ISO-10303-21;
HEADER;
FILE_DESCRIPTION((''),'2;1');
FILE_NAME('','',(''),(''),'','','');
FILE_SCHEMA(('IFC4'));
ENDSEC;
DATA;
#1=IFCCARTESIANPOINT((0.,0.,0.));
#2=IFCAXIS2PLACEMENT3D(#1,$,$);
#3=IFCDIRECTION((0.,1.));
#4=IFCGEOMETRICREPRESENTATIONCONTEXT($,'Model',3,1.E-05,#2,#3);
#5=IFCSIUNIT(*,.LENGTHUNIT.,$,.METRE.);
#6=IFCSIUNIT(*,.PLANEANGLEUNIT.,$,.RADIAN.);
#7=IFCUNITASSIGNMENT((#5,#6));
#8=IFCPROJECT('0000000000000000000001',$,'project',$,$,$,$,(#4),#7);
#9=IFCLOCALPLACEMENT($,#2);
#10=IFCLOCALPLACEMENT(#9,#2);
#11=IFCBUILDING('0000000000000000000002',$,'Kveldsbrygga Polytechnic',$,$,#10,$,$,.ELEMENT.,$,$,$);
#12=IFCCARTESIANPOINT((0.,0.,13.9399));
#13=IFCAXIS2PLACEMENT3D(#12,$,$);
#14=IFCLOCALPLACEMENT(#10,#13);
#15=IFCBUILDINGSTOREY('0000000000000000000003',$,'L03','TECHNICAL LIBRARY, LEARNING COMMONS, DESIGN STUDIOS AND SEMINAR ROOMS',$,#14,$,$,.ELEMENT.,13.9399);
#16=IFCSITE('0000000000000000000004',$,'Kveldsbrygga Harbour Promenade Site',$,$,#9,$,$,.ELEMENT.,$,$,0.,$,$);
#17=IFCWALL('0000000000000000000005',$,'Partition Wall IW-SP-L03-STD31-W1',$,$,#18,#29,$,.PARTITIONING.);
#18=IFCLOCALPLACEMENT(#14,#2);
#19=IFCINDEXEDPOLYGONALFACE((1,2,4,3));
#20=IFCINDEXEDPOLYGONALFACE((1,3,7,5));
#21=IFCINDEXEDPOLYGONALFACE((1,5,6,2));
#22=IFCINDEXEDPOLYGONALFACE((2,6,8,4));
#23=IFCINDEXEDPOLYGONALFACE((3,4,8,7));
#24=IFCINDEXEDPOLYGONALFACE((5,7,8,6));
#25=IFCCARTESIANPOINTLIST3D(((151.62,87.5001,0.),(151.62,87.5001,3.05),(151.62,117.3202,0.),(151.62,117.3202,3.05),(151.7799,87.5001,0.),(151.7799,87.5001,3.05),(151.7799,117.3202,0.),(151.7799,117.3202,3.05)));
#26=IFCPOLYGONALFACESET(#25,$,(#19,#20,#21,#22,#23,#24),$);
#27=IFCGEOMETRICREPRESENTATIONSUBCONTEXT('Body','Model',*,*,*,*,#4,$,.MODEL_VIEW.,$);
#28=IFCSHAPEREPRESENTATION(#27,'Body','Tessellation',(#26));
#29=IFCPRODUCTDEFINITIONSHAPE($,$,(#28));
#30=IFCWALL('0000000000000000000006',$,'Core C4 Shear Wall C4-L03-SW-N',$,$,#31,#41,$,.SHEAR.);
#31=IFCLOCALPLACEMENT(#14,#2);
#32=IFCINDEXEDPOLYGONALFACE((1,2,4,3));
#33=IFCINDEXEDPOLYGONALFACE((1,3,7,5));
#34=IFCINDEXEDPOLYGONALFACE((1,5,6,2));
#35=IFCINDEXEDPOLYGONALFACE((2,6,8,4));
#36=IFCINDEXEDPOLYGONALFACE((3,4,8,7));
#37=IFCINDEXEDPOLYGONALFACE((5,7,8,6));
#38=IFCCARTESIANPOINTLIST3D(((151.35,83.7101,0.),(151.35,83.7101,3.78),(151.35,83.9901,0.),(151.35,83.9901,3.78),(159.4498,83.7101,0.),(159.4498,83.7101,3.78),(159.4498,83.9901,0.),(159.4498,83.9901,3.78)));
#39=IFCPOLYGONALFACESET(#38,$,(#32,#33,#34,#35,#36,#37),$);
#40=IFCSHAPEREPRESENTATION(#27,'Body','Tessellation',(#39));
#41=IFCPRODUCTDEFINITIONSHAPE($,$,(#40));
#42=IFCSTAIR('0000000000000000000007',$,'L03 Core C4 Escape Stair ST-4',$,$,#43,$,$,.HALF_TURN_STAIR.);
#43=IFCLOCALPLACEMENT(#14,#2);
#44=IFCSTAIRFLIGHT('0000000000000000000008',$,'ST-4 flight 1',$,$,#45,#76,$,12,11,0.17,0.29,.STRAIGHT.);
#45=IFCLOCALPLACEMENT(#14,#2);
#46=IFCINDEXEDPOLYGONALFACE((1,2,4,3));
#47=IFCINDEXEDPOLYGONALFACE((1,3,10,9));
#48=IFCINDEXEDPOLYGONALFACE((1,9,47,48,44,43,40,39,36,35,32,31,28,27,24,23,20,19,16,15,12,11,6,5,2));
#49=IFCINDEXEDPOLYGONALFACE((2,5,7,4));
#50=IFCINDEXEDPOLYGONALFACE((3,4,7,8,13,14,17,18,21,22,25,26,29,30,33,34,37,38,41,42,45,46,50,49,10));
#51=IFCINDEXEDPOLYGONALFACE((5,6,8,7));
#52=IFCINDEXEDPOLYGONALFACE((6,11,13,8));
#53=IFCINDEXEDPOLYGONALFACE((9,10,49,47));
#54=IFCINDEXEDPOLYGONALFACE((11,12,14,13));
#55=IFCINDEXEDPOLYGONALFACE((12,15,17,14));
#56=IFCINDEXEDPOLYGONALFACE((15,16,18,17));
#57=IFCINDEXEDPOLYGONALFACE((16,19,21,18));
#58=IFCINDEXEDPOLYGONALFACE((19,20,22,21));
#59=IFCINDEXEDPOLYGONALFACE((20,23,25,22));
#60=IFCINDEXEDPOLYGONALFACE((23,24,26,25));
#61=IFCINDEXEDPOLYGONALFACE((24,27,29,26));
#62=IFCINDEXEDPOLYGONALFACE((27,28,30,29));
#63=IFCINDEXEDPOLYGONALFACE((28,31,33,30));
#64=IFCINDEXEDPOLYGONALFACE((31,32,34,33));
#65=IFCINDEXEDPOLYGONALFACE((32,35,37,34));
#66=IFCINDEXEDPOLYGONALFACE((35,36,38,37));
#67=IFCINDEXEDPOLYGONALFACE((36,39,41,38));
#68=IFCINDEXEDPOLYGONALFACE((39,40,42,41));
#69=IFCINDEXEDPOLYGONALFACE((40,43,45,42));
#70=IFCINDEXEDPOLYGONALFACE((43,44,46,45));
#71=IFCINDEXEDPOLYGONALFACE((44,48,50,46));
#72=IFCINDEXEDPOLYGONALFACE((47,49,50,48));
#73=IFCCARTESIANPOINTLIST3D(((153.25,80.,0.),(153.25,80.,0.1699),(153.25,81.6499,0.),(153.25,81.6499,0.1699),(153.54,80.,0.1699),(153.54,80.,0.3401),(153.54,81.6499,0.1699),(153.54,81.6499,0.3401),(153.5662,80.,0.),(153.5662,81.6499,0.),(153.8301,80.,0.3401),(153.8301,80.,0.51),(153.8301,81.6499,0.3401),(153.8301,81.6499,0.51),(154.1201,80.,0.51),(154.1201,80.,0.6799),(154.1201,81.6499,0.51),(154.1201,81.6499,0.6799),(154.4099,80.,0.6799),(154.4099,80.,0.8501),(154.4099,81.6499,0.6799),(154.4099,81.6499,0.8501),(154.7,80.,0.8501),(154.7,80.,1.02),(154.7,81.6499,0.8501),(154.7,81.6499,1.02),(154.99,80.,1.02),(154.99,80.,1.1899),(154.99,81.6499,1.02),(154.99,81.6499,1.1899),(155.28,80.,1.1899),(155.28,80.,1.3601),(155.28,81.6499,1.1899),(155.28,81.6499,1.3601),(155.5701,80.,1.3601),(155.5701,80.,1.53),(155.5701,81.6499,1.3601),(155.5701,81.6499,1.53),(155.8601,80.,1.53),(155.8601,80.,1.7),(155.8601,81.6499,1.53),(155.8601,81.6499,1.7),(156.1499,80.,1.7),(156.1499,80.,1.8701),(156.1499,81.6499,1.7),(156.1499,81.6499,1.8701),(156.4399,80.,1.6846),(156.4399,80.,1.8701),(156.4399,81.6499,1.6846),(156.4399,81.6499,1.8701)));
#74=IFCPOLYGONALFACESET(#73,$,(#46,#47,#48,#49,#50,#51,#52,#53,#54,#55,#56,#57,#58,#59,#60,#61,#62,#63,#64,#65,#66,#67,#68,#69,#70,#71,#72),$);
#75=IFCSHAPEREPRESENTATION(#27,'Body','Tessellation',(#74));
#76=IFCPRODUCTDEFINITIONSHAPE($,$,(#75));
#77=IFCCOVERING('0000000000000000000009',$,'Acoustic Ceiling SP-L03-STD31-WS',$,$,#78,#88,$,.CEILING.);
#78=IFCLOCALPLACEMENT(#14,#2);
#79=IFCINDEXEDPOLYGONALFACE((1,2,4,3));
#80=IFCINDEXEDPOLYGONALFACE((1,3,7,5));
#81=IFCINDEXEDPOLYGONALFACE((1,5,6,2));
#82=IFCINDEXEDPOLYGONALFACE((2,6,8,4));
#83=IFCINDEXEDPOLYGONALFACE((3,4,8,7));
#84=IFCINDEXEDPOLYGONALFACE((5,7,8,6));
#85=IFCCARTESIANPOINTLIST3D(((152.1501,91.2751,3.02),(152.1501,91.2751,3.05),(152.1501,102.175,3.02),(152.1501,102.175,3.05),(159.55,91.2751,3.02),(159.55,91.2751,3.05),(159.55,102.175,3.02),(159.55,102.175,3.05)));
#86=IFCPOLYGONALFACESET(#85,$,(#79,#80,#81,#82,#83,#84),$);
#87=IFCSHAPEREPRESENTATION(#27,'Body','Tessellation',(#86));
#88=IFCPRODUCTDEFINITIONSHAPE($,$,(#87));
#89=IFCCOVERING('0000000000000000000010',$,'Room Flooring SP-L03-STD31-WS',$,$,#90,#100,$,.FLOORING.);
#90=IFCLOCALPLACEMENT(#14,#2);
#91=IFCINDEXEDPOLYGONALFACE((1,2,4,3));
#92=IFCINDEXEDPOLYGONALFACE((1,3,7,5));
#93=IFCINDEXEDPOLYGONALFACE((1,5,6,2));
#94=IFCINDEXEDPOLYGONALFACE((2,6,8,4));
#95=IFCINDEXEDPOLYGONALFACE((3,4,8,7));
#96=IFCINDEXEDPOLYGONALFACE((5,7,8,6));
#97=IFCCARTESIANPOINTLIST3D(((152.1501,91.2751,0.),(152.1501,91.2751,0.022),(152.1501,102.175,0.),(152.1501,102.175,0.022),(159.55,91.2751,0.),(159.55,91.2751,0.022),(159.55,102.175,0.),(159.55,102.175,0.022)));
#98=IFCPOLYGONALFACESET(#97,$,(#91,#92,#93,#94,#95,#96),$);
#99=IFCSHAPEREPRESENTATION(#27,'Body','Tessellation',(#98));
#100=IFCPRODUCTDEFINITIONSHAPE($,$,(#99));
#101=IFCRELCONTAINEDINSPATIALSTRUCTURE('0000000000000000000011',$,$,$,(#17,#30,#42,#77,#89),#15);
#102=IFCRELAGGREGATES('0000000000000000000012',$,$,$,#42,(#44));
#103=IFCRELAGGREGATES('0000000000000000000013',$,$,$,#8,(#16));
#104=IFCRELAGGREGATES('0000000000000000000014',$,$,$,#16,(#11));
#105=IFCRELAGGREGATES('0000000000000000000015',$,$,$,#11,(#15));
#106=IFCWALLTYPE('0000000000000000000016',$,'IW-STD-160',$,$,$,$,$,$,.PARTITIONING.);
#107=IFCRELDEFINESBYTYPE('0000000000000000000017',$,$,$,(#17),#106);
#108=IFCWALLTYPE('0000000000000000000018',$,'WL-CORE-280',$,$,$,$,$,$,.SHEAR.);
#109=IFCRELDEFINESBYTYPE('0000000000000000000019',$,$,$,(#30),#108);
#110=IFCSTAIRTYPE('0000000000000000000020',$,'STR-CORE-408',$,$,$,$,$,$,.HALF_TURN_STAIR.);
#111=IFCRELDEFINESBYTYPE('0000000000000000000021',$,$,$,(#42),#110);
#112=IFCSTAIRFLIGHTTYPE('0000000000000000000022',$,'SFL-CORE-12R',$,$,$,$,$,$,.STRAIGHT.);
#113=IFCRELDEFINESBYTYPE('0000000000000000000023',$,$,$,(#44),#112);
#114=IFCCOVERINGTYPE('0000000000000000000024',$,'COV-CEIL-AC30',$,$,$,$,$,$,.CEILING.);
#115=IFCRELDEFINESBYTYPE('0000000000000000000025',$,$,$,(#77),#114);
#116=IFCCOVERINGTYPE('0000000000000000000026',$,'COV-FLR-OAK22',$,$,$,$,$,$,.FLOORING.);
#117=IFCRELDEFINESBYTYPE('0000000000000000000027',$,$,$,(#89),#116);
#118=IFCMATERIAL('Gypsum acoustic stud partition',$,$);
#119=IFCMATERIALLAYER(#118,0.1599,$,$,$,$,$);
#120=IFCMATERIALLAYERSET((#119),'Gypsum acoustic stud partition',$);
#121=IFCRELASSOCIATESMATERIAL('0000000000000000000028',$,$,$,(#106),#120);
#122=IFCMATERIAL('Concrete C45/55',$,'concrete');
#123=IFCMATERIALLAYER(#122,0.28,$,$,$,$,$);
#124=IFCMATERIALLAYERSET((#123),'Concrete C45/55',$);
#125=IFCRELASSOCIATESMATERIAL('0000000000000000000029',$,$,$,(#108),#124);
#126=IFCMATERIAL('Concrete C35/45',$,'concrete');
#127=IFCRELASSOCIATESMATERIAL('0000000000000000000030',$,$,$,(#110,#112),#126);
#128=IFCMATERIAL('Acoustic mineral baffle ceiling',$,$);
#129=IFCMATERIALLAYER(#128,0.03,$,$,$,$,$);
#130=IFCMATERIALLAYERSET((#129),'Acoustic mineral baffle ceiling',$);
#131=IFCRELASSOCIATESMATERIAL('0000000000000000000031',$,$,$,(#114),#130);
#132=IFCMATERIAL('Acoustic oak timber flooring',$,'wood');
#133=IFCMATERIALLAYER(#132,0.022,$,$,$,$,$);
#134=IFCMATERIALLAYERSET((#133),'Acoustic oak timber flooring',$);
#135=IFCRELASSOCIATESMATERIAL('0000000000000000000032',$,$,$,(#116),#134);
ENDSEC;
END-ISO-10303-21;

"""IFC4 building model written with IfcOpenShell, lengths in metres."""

from ifc_helpers import new_model, si_unit, direction, frame, frame_2d, origin, origin_2d, place, context, subcontext, project, spatial, polyline, rectangle, outline, extrude, material, layer, layer_set, type_object, element, aggregate, save


model = new_model("IFC4")

# Units and contexts
model_context = context("Model", 3, precision=1e-05, world=origin(), true_north=direction((0.0, 1.0)))
body_context = subcontext(model_context, "Body", "Model", "MODEL_VIEW")
ifc_project = project(units=[si_unit("LENGTHUNIT", "METRE"), si_unit("PLANEANGLEUNIT", "RADIAN")], contexts=[model_context])

# Site, building, storey
site_placement = place(None, origin())
site = spatial("IfcSite", under=ifc_project, at=site_placement, Name="Kveldsbrygga Harbour Promenade Site", CompositionType="ELEMENT", RefElevation=0.0)
building_placement = place(site_placement, origin())
building = spatial("IfcBuilding", under=site, at=building_placement, Name="Kveldsbrygga Polytechnic", CompositionType="ELEMENT")
storey_placement = place(building_placement, frame((0.0, 0.0, 13.9399)))
storey = spatial("IfcBuildingStorey", under=building, at=storey_placement, Name="L03", Description="TECHNICAL LIBRARY, LEARNING COMMONS, DESIGN STUDIOS AND SEMINAR ROOMS", CompositionType="ELEMENT", Elevation=13.9399)

# Shared definitions
ifc_material_1 = material(Name="Concrete C45/55", Category="concrete")

# Shared definitions
ifc_material_2 = material(Name="Concrete C35/45", Category="concrete")

# Shared definitions
ifc_material_3 = material(Name="Gypsum acoustic stud partition")
ifc_layer_1 = layer(ifc_material_3, 0.1599)
ifc_layer_set_1 = layer_set([ifc_layer_1], Name="Gypsum acoustic stud partition")
wall_type_1 = type_object("IfcWallType", Name="IW-STD-160", PredefinedType="PARTITIONING", material=ifc_layer_set_1)

# Walls
wall_1_placement = place(storey_placement, frame((151.7, 87.5, 0.0), z_axis=(0.0, 0.0, 1.0), x_axis=(0.0, 1.0, 0.0)))
element("IfcWall", 1, at=wall_1_placement, inside=storey, type_object=wall_type_1, Name="Partition Wall IW-SP-L03-STD31-W1", PredefinedType="PARTITIONING", context=body_context, shape_type="SweptSolid", body=[
    extrude(rectangle(XDim=29.8201, YDim=0.1599, at=frame_2d((14.9102, 0.0))), origin(), (0.0, 0.0, 1.0), 3.05),
])
ifc_layer_2 = layer(ifc_material_1, 0.28)
ifc_layer_set_2 = layer_set([ifc_layer_2], Name="Concrete C45/55")
wall_type_2 = type_object("IfcWallType", Name="WL-CORE-280", PredefinedType="SHEAR", material=ifc_layer_set_2)
wall_2_placement = place(storey_placement, frame((151.3501, 83.8501, 0.0), z_axis=(0.0, 0.0, 1.0), x_axis=(1.0, 0.0, 0.0)))
element("IfcWall", 2, at=wall_2_placement, inside=storey, type_object=wall_type_2, Name="Core C4 Shear Wall C4-L03-SW-N", PredefinedType="SHEAR", context=body_context, shape_type="SweptSolid", body=[
    extrude(rectangle(XDim=8.0999, YDim=0.28, at=frame_2d((4.0498, 0.0))), origin(), (0.0, 0.0, 1.0), 3.78),
])

# Stair, stair flight
stair_type = type_object("IfcStairType", Name="STR-CORE-408", PredefinedType="HALF_TURN_STAIR", material=ifc_material_2)
stair_placement = place(storey_placement, origin())
stair = element("IfcStair", 3, at=stair_placement, inside=storey, type_object=stair_type, Name="L03 Core C4 Escape Stair ST-4", PredefinedType="HALF_TURN_STAIR")
stair_flight_type = type_object("IfcStairFlightType", Name="SFL-CORE-12R", PredefinedType="STRAIGHT", material=ifc_material_2)
stair_flight_placement = place(storey_placement, frame((153.25, 80.825, 0.0), z_axis=(0.0, 0.0, 1.0), x_axis=(1.0, 0.0, 0.0)))
stair_flight = element("IfcStairFlight", 4, at=stair_flight_placement, type_object=stair_flight_type, Name="ST-4 flight 1", NumberOfRisers=12, NumberOfTreads=11, PredefinedType="STRAIGHT", RiserHeight=0.17, TreadLength=0.29, context=body_context, shape_type="SweptSolid", body=[
    extrude(outline(polyline([(0.0, 0.0), (0.0, 0.1699), (0.29, 0.1699), (0.29, 0.3401), (0.5801, 0.3401), (0.5801, 0.51), (0.8701, 0.51), (0.8701, 0.6799), (1.1599, 0.6799), (1.1599, 0.8501), (1.45, 0.8501), (1.45, 1.02), (1.74, 1.02), (1.74, 1.1899), (2.03, 1.1899), (2.03, 1.3601), (2.3201, 1.3601), (2.3201, 1.53), (2.6101, 1.53), (2.6101, 1.7), (2.8999, 1.7), (2.8999, 1.8701), (3.1899, 1.8701), (3.1899, 2.04), (3.1899, 1.6846), (0.3162, 0.0), (0.0, 0.0)])), frame((0.0, 0.825, 0.0), z_axis=(0.0, -1.0, 0.0), x_axis=(1.0, 0.0, 0.0)), (0.0, 0.0, 1.0), 1.6499),
])
aggregate(stair, [stair_flight])

# Coverings
ifc_material_4 = material(Name="Acoustic mineral baffle ceiling")
ifc_layer_3 = layer(ifc_material_4, 0.03)
ifc_layer_set_3 = layer_set([ifc_layer_3], Name="Acoustic mineral baffle ceiling")
covering_type_1 = type_object("IfcCoveringType", Name="COV-CEIL-AC30", PredefinedType="CEILING", material=ifc_layer_set_3)
covering_1_placement = place(storey_placement, frame((155.8501, 96.7251, 3.02), z_axis=(0.0, 0.0, 1.0), x_axis=(1.0, 0.0, 0.0)))
element("IfcCovering", 5, at=covering_1_placement, inside=storey, type_object=covering_type_1, Name="Acoustic Ceiling SP-L03-STD31-WS", PredefinedType="CEILING", context=body_context, shape_type="SweptSolid", body=[
    extrude(rectangle(XDim=7.3999, YDim=10.8999, at=origin_2d()), origin(), (0.0, 0.0, 1.0), 0.03),
])
ifc_material_5 = material(Name="Acoustic oak timber flooring", Category="wood")
ifc_layer_4 = layer(ifc_material_5, 0.022)
ifc_layer_set_4 = layer_set([ifc_layer_4], Name="Acoustic oak timber flooring")
covering_type_2 = type_object("IfcCoveringType", Name="COV-FLR-OAK22", PredefinedType="FLOORING", material=ifc_layer_set_4)
covering_2_placement = place(storey_placement, frame((155.8501, 96.7251, 0.0), z_axis=(0.0, 0.0, 1.0), x_axis=(1.0, 0.0, 0.0)))
element("IfcCovering", 6, at=covering_2_placement, inside=storey, type_object=covering_type_2, Name="Room Flooring SP-L03-STD31-WS", PredefinedType="FLOORING", context=body_context, shape_type="SweptSolid", body=[
    extrude(rectangle(XDim=7.3999, YDim=10.8999, at=origin_2d()), origin(), (0.0, 0.0, 1.0), 0.022),
])

save(model, "model.ifc")
